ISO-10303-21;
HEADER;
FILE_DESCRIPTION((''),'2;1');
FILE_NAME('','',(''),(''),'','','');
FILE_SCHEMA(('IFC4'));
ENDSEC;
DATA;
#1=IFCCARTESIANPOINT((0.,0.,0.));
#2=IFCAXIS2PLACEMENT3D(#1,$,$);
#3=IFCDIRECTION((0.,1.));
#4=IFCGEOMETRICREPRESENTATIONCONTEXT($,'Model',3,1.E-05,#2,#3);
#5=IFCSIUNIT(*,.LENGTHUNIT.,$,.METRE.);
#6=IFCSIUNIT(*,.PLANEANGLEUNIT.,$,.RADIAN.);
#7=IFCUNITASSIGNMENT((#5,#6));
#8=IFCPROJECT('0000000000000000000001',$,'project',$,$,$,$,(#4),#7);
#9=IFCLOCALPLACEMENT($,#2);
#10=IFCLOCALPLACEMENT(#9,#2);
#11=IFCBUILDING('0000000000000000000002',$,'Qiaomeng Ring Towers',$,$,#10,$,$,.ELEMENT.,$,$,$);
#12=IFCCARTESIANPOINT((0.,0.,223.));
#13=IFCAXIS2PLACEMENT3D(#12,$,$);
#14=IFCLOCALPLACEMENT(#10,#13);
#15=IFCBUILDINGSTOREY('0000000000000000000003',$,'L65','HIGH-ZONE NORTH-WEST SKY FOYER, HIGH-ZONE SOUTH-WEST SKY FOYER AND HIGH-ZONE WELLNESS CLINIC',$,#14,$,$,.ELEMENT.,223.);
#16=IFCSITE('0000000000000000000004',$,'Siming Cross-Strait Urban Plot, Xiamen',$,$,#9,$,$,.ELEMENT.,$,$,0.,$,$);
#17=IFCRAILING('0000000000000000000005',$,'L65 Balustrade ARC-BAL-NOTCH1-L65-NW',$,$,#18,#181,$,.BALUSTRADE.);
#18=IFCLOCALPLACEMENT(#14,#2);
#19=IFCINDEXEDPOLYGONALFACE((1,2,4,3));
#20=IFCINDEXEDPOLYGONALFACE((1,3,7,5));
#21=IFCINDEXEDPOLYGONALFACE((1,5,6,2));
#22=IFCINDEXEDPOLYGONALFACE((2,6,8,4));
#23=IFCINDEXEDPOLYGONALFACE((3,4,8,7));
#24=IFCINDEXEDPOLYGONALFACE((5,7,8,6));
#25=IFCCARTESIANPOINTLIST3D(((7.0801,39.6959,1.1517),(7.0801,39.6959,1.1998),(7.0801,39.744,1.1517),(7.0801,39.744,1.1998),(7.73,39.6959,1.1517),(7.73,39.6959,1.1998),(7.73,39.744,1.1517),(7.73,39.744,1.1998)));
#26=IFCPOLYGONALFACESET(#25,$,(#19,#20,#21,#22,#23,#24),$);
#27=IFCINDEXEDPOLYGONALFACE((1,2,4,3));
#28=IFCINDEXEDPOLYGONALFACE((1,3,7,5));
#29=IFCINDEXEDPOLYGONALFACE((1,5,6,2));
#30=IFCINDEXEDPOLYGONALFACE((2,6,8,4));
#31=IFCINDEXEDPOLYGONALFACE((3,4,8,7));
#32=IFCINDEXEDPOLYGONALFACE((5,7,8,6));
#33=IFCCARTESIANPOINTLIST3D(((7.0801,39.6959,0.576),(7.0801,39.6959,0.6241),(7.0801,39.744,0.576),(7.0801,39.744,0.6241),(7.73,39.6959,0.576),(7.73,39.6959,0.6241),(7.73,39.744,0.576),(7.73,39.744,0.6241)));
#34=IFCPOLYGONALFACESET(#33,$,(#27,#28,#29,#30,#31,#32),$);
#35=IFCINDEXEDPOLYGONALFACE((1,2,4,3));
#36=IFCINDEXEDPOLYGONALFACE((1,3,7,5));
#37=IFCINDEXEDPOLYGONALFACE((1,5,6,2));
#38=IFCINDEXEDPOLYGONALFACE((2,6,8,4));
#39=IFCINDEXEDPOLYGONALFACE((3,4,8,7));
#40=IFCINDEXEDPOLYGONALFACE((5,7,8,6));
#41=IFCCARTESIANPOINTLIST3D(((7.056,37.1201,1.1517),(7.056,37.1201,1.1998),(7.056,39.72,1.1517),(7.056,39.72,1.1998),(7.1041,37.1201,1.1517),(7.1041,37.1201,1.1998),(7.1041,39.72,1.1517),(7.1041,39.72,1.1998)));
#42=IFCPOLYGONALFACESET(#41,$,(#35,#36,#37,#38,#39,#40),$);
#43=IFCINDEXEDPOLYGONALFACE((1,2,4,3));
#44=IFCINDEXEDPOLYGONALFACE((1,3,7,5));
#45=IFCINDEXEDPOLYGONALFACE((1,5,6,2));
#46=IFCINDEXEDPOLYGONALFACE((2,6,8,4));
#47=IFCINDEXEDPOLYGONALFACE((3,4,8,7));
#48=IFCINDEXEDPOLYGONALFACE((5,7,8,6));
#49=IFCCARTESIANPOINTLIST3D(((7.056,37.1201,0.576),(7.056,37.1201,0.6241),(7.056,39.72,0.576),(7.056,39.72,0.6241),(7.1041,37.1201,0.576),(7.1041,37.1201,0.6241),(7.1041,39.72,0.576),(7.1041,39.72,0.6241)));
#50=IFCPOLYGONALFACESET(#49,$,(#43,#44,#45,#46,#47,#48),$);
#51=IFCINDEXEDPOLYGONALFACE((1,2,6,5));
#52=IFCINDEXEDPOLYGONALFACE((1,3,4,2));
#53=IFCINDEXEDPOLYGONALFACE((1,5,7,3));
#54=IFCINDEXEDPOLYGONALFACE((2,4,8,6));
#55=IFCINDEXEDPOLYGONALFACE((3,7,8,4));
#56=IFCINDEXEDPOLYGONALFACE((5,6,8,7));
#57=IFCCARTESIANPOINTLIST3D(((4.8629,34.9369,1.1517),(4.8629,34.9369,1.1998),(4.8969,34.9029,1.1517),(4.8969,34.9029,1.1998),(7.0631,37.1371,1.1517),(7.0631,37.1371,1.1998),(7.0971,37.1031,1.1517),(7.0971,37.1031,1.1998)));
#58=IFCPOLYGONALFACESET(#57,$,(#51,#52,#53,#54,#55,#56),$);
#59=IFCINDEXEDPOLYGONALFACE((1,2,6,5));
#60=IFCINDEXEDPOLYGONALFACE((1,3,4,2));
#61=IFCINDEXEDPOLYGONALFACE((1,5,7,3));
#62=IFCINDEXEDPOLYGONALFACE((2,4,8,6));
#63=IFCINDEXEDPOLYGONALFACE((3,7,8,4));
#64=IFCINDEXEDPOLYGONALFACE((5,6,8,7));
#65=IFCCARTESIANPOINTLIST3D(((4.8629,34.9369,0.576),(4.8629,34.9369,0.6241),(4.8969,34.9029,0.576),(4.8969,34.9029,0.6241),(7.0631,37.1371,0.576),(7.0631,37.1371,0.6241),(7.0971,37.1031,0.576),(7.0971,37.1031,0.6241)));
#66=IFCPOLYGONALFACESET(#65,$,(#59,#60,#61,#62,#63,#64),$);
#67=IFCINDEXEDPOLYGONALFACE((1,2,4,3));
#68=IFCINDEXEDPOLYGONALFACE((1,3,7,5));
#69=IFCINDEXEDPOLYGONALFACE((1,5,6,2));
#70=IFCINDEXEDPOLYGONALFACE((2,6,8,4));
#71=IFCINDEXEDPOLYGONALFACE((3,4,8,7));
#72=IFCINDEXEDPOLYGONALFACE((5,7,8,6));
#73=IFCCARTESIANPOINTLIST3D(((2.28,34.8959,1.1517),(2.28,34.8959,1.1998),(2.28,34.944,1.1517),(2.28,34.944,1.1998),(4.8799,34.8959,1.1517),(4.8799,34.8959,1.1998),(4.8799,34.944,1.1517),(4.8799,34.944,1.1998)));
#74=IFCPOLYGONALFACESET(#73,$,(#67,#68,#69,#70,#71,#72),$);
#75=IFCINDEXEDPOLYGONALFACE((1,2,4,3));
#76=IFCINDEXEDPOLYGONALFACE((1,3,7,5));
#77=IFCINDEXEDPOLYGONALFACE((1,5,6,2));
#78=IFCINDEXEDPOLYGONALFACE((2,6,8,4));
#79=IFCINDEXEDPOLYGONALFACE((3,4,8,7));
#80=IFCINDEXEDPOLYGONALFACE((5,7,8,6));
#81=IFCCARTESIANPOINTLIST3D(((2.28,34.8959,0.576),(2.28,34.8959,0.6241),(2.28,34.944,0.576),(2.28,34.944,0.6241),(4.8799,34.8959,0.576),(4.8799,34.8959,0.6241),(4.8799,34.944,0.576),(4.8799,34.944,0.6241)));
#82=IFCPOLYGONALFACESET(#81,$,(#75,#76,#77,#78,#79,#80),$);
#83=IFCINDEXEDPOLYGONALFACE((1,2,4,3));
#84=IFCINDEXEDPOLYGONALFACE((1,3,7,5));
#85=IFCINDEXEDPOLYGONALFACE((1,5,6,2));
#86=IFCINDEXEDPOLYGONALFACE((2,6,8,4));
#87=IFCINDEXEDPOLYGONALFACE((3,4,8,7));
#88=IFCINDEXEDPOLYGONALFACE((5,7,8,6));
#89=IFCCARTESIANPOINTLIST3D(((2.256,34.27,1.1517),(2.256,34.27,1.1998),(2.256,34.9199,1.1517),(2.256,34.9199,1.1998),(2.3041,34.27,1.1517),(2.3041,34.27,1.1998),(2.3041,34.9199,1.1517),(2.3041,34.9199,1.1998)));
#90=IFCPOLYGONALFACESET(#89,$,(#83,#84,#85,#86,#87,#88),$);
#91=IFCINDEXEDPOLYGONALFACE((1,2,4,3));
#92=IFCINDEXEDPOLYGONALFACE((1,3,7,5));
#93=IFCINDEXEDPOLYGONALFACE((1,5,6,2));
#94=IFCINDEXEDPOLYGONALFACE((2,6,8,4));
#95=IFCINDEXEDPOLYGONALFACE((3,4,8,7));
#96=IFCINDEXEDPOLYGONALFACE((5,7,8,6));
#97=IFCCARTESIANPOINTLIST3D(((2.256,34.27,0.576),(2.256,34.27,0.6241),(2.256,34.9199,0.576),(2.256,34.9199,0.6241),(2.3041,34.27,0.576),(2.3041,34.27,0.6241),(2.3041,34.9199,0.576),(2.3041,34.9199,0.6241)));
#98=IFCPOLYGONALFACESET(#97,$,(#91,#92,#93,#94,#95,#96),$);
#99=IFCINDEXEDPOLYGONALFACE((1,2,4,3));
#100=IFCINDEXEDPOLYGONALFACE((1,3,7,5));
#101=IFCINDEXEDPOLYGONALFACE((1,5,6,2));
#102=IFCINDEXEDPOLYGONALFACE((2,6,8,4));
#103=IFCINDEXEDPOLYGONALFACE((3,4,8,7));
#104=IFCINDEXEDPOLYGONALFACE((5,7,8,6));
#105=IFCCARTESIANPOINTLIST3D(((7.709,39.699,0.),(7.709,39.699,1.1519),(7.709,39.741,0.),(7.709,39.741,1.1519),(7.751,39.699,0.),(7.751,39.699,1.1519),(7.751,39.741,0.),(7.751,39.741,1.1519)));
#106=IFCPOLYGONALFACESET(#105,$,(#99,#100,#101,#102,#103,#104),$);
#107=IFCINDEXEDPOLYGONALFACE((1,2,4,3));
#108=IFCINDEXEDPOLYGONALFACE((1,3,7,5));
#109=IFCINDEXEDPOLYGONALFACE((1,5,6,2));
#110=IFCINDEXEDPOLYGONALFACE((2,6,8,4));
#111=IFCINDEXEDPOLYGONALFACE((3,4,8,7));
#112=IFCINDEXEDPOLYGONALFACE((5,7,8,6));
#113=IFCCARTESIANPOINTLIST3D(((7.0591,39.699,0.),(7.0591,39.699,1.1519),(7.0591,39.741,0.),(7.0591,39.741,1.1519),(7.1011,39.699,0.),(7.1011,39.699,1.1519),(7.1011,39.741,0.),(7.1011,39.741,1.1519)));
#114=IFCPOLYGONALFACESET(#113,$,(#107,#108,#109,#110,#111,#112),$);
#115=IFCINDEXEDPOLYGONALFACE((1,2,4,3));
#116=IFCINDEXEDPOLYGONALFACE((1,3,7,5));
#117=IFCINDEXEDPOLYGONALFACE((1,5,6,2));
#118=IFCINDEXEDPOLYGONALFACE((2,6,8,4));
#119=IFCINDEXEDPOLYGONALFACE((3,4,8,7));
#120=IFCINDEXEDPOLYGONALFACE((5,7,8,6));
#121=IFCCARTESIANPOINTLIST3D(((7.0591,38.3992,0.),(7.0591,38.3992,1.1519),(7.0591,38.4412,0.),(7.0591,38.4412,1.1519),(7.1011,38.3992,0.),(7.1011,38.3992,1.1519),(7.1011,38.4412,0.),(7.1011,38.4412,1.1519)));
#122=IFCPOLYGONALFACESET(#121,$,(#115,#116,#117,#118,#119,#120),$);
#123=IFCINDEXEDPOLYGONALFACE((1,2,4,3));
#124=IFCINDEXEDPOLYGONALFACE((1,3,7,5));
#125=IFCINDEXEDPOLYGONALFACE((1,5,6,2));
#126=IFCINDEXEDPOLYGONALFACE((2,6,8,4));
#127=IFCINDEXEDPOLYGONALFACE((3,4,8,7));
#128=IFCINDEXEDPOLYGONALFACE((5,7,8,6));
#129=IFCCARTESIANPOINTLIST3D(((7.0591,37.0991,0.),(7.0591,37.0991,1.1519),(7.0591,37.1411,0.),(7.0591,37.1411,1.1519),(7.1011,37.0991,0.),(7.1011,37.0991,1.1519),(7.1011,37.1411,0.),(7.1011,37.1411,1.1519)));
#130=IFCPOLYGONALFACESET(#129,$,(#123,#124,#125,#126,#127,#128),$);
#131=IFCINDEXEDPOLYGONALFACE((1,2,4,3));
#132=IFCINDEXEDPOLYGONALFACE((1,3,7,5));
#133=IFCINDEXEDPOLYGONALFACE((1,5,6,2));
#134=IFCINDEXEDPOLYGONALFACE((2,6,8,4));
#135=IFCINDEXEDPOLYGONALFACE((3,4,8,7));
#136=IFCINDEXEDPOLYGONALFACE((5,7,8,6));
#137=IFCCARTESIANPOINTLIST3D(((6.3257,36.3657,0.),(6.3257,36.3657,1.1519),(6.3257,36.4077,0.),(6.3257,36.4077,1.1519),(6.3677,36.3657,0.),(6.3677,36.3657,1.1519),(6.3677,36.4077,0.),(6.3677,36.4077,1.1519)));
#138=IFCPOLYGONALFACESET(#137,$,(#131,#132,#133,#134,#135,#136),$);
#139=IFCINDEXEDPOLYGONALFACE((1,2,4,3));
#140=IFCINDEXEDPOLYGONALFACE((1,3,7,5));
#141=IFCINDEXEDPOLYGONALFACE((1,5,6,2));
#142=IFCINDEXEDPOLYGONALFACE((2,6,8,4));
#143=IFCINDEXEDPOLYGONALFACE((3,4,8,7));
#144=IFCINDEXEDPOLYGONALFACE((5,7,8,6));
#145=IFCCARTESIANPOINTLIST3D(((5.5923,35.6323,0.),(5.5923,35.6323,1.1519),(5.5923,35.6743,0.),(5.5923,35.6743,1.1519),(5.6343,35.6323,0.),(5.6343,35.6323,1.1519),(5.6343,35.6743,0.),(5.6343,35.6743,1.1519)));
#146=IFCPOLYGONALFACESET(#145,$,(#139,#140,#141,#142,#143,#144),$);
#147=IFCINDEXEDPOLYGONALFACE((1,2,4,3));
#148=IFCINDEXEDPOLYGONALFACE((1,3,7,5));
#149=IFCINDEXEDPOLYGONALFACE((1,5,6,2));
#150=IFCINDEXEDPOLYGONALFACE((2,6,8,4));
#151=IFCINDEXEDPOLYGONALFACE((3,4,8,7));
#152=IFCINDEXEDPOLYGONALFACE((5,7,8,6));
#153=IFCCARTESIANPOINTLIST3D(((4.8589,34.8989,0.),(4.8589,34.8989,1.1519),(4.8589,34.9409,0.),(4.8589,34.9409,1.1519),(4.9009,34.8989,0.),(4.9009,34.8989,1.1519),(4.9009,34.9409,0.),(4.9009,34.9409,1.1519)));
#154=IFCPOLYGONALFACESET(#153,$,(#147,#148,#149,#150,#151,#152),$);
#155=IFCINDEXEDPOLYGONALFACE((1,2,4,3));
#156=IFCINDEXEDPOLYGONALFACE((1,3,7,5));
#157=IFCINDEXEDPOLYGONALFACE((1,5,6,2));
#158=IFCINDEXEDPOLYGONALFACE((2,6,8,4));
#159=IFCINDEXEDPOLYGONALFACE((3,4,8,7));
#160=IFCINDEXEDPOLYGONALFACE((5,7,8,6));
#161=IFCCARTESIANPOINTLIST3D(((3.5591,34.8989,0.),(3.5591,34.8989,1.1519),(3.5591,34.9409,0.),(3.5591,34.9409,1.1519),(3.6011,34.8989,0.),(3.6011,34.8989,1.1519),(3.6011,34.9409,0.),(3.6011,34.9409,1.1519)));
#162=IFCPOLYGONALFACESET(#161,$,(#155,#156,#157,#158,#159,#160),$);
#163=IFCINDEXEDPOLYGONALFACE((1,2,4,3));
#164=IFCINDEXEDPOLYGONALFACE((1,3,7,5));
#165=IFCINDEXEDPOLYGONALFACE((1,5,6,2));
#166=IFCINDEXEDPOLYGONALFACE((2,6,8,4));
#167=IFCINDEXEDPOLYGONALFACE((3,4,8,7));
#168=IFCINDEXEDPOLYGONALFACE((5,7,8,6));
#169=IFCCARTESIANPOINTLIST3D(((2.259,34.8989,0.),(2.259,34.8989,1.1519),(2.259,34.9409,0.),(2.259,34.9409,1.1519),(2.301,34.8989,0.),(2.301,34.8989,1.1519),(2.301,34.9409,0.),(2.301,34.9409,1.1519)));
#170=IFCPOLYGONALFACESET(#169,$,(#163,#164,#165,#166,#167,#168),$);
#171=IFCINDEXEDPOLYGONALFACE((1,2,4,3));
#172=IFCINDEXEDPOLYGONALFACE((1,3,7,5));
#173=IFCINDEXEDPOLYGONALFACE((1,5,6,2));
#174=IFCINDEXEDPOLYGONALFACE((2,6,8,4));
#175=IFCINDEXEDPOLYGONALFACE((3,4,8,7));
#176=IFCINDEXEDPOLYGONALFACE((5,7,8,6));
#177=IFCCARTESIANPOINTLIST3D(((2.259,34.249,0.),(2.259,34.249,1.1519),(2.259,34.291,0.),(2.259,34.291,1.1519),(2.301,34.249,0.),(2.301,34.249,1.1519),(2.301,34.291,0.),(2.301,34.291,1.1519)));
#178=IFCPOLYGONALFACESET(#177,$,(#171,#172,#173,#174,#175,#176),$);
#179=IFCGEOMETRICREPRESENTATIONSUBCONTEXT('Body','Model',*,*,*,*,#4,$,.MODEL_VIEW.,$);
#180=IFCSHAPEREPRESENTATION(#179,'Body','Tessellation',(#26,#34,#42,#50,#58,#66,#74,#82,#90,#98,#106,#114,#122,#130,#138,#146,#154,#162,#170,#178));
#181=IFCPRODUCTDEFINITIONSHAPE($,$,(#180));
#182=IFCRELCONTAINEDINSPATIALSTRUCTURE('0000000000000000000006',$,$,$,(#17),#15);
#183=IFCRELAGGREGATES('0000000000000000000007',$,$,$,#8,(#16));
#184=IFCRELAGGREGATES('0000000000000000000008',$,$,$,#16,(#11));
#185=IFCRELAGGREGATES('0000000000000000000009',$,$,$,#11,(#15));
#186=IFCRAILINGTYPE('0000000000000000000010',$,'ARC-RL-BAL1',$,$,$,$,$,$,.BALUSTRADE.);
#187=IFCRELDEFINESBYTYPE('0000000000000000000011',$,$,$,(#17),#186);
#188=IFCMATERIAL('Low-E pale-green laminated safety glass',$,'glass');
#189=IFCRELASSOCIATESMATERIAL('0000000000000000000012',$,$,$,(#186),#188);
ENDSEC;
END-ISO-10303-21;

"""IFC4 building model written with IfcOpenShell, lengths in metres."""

from ifc_helpers import new_model, si_unit, direction, frame, origin, origin_2d, place, context, subcontext, project, spatial, rectangle, extrude, material, type_object, element, save


model = new_model("IFC4")

# Units and contexts
model_context = context("Model", 3, precision=1e-05, world=origin(), true_north=direction((0.0, 1.0)))
body_context = subcontext(model_context, "Body", "Model", "MODEL_VIEW")
ifc_project = project(units=[si_unit("LENGTHUNIT", "METRE"), si_unit("PLANEANGLEUNIT", "RADIAN")], contexts=[model_context])

# Site, building, storey
site_placement = place(None, origin())
site = spatial("IfcSite", under=ifc_project, at=site_placement, Name="Siming Cross-Strait Urban Plot, Xiamen", CompositionType="ELEMENT", RefElevation=0.0)
building_placement = place(site_placement, origin())
building = spatial("IfcBuilding", under=site, at=building_placement, Name="Qiaomeng Ring Towers", CompositionType="ELEMENT")
storey_placement = place(building_placement, frame((0.0, 0.0, 223.0)))
storey = spatial("IfcBuildingStorey", under=building, at=storey_placement, Name="L65", Description="HIGH-ZONE NORTH-WEST SKY FOYER, HIGH-ZONE SOUTH-WEST SKY FOYER AND HIGH-ZONE WELLNESS CLINIC", CompositionType="ELEMENT", Elevation=223.0)

# Railing
ifc_material_1 = material(Name="Low-E pale-green laminated safety glass", Category="glass")
railing_type = type_object("IfcRailingType", Name="ARC-RL-BAL1", PredefinedType="BALUSTRADE", material=ifc_material_1)
railing_placement = place(storey_placement, frame((7.73, 39.72, 0.0)))
element("IfcRailing", 1, at=railing_placement, inside=storey, type_object=railing_type, Name="L65 Balustrade ARC-BAL-NOTCH1-L65-NW", PredefinedType="BALUSTRADE", context=body_context, shape_type="SweptSolid", body=[
    extrude(rectangle(XDim=0.0481, YDim=0.0481, at=origin_2d()), frame((0.0, 0.0, 1.1758), z_axis=(-1.0, 0.0, 0.0), x_axis=(0.0, -1.0, 0.0)), (0.0, 0.0, 1.0), 0.6499),
    extrude(rectangle(XDim=0.0481, YDim=0.0481, at=origin_2d()), frame((0.0, 0.0, 0.6001), z_axis=(-1.0, 0.0, 0.0), x_axis=(0.0, -1.0, 0.0)), (0.0, 0.0, 1.0), 0.6499),
    extrude(rectangle(XDim=0.0481, YDim=0.0481, at=origin_2d()), frame((-0.6499, 0.0, 1.1758), z_axis=(0.0, -1.0, 0.0), x_axis=(1.0, 0.0, 0.0)), (0.0, 0.0, 1.0), 2.5999),
    extrude(rectangle(XDim=0.0481, YDim=0.0481, at=origin_2d()), frame((-0.6499, 0.0, 0.6001), z_axis=(0.0, -1.0, 0.0), x_axis=(1.0, 0.0, 0.0)), (0.0, 0.0, 1.0), 2.5999),
    extrude(rectangle(XDim=0.0481, YDim=0.0481, at=origin_2d()), frame((-0.6499, -2.5999, 1.1758), z_axis=(-0.707107, -0.707107, 0.0), x_axis=(0.707107, -0.707107, 0.0)), (0.0, 0.0, 1.0), 3.1116),
    extrude(rectangle(XDim=0.0481, YDim=0.0481, at=origin_2d()), frame((-0.6499, -2.5999, 0.6001), z_axis=(-0.707107, -0.707107, 0.0), x_axis=(0.707107, -0.707107, 0.0)), (0.0, 0.0, 1.0), 3.1116),
    extrude(rectangle(XDim=0.0481, YDim=0.0481, at=origin_2d()), frame((-2.8501, -4.8, 1.1758), z_axis=(-1.0, 0.0, 0.0), x_axis=(0.0, -1.0, 0.0)), (0.0, 0.0, 1.0), 2.5999),
    extrude(rectangle(XDim=0.0481, YDim=0.0481, at=origin_2d()), frame((-2.8501, -4.8, 0.6001), z_axis=(-1.0, 0.0, 0.0), x_axis=(0.0, -1.0, 0.0)), (0.0, 0.0, 1.0), 2.5999),
    extrude(rectangle(XDim=0.0481, YDim=0.0481, at=origin_2d()), frame((-5.45, -4.8, 1.1758), z_axis=(0.0, -1.0, 0.0), x_axis=(1.0, 0.0, 0.0)), (0.0, 0.0, 1.0), 0.6499),
    extrude(rectangle(XDim=0.0481, YDim=0.0481, at=origin_2d()), frame((-5.45, -4.8, 0.6001), z_axis=(0.0, -1.0, 0.0), x_axis=(1.0, 0.0, 0.0)), (0.0, 0.0, 1.0), 0.6499),
    extrude(rectangle(XDim=0.042, YDim=0.042, at=origin_2d()), origin(), (0.0, 0.0, 1.0), 1.1519),
    extrude(rectangle(XDim=0.042, YDim=0.042, at=origin_2d()), frame((-0.6499, 0.0, 0.0)), (0.0, 0.0, 1.0), 1.1519),
    extrude(rectangle(XDim=0.042, YDim=0.042, at=origin_2d()), frame((-0.6499, -1.2998, 0.0)), (0.0, 0.0, 1.0), 1.1519),
    extrude(rectangle(XDim=0.042, YDim=0.042, at=origin_2d()), frame((-0.6499, -2.5999, 0.0)), (0.0, 0.0, 1.0), 1.1519),
    extrude(rectangle(XDim=0.042, YDim=0.042, at=origin_2d()), frame((-1.3833, -3.3333, 0.0)), (0.0, 0.0, 1.0), 1.1519),
    extrude(rectangle(XDim=0.042, YDim=0.042, at=origin_2d()), frame((-2.1167, -4.0667, 0.0)), (0.0, 0.0, 1.0), 1.1519),
    extrude(rectangle(XDim=0.042, YDim=0.042, at=origin_2d()), frame((-2.8501, -4.8, 0.0)), (0.0, 0.0, 1.0), 1.1519),
    extrude(rectangle(XDim=0.042, YDim=0.042, at=origin_2d()), frame((-4.1499, -4.8, 0.0)), (0.0, 0.0, 1.0), 1.1519),
    extrude(rectangle(XDim=0.042, YDim=0.042, at=origin_2d()), frame((-5.45, -4.8, 0.0)), (0.0, 0.0, 1.0), 1.1519),
    extrude(rectangle(XDim=0.042, YDim=0.042, at=origin_2d()), frame((-5.45, -5.45, 0.0)), (0.0, 0.0, 1.0), 1.1519),
])

save(model, "model.ifc")
